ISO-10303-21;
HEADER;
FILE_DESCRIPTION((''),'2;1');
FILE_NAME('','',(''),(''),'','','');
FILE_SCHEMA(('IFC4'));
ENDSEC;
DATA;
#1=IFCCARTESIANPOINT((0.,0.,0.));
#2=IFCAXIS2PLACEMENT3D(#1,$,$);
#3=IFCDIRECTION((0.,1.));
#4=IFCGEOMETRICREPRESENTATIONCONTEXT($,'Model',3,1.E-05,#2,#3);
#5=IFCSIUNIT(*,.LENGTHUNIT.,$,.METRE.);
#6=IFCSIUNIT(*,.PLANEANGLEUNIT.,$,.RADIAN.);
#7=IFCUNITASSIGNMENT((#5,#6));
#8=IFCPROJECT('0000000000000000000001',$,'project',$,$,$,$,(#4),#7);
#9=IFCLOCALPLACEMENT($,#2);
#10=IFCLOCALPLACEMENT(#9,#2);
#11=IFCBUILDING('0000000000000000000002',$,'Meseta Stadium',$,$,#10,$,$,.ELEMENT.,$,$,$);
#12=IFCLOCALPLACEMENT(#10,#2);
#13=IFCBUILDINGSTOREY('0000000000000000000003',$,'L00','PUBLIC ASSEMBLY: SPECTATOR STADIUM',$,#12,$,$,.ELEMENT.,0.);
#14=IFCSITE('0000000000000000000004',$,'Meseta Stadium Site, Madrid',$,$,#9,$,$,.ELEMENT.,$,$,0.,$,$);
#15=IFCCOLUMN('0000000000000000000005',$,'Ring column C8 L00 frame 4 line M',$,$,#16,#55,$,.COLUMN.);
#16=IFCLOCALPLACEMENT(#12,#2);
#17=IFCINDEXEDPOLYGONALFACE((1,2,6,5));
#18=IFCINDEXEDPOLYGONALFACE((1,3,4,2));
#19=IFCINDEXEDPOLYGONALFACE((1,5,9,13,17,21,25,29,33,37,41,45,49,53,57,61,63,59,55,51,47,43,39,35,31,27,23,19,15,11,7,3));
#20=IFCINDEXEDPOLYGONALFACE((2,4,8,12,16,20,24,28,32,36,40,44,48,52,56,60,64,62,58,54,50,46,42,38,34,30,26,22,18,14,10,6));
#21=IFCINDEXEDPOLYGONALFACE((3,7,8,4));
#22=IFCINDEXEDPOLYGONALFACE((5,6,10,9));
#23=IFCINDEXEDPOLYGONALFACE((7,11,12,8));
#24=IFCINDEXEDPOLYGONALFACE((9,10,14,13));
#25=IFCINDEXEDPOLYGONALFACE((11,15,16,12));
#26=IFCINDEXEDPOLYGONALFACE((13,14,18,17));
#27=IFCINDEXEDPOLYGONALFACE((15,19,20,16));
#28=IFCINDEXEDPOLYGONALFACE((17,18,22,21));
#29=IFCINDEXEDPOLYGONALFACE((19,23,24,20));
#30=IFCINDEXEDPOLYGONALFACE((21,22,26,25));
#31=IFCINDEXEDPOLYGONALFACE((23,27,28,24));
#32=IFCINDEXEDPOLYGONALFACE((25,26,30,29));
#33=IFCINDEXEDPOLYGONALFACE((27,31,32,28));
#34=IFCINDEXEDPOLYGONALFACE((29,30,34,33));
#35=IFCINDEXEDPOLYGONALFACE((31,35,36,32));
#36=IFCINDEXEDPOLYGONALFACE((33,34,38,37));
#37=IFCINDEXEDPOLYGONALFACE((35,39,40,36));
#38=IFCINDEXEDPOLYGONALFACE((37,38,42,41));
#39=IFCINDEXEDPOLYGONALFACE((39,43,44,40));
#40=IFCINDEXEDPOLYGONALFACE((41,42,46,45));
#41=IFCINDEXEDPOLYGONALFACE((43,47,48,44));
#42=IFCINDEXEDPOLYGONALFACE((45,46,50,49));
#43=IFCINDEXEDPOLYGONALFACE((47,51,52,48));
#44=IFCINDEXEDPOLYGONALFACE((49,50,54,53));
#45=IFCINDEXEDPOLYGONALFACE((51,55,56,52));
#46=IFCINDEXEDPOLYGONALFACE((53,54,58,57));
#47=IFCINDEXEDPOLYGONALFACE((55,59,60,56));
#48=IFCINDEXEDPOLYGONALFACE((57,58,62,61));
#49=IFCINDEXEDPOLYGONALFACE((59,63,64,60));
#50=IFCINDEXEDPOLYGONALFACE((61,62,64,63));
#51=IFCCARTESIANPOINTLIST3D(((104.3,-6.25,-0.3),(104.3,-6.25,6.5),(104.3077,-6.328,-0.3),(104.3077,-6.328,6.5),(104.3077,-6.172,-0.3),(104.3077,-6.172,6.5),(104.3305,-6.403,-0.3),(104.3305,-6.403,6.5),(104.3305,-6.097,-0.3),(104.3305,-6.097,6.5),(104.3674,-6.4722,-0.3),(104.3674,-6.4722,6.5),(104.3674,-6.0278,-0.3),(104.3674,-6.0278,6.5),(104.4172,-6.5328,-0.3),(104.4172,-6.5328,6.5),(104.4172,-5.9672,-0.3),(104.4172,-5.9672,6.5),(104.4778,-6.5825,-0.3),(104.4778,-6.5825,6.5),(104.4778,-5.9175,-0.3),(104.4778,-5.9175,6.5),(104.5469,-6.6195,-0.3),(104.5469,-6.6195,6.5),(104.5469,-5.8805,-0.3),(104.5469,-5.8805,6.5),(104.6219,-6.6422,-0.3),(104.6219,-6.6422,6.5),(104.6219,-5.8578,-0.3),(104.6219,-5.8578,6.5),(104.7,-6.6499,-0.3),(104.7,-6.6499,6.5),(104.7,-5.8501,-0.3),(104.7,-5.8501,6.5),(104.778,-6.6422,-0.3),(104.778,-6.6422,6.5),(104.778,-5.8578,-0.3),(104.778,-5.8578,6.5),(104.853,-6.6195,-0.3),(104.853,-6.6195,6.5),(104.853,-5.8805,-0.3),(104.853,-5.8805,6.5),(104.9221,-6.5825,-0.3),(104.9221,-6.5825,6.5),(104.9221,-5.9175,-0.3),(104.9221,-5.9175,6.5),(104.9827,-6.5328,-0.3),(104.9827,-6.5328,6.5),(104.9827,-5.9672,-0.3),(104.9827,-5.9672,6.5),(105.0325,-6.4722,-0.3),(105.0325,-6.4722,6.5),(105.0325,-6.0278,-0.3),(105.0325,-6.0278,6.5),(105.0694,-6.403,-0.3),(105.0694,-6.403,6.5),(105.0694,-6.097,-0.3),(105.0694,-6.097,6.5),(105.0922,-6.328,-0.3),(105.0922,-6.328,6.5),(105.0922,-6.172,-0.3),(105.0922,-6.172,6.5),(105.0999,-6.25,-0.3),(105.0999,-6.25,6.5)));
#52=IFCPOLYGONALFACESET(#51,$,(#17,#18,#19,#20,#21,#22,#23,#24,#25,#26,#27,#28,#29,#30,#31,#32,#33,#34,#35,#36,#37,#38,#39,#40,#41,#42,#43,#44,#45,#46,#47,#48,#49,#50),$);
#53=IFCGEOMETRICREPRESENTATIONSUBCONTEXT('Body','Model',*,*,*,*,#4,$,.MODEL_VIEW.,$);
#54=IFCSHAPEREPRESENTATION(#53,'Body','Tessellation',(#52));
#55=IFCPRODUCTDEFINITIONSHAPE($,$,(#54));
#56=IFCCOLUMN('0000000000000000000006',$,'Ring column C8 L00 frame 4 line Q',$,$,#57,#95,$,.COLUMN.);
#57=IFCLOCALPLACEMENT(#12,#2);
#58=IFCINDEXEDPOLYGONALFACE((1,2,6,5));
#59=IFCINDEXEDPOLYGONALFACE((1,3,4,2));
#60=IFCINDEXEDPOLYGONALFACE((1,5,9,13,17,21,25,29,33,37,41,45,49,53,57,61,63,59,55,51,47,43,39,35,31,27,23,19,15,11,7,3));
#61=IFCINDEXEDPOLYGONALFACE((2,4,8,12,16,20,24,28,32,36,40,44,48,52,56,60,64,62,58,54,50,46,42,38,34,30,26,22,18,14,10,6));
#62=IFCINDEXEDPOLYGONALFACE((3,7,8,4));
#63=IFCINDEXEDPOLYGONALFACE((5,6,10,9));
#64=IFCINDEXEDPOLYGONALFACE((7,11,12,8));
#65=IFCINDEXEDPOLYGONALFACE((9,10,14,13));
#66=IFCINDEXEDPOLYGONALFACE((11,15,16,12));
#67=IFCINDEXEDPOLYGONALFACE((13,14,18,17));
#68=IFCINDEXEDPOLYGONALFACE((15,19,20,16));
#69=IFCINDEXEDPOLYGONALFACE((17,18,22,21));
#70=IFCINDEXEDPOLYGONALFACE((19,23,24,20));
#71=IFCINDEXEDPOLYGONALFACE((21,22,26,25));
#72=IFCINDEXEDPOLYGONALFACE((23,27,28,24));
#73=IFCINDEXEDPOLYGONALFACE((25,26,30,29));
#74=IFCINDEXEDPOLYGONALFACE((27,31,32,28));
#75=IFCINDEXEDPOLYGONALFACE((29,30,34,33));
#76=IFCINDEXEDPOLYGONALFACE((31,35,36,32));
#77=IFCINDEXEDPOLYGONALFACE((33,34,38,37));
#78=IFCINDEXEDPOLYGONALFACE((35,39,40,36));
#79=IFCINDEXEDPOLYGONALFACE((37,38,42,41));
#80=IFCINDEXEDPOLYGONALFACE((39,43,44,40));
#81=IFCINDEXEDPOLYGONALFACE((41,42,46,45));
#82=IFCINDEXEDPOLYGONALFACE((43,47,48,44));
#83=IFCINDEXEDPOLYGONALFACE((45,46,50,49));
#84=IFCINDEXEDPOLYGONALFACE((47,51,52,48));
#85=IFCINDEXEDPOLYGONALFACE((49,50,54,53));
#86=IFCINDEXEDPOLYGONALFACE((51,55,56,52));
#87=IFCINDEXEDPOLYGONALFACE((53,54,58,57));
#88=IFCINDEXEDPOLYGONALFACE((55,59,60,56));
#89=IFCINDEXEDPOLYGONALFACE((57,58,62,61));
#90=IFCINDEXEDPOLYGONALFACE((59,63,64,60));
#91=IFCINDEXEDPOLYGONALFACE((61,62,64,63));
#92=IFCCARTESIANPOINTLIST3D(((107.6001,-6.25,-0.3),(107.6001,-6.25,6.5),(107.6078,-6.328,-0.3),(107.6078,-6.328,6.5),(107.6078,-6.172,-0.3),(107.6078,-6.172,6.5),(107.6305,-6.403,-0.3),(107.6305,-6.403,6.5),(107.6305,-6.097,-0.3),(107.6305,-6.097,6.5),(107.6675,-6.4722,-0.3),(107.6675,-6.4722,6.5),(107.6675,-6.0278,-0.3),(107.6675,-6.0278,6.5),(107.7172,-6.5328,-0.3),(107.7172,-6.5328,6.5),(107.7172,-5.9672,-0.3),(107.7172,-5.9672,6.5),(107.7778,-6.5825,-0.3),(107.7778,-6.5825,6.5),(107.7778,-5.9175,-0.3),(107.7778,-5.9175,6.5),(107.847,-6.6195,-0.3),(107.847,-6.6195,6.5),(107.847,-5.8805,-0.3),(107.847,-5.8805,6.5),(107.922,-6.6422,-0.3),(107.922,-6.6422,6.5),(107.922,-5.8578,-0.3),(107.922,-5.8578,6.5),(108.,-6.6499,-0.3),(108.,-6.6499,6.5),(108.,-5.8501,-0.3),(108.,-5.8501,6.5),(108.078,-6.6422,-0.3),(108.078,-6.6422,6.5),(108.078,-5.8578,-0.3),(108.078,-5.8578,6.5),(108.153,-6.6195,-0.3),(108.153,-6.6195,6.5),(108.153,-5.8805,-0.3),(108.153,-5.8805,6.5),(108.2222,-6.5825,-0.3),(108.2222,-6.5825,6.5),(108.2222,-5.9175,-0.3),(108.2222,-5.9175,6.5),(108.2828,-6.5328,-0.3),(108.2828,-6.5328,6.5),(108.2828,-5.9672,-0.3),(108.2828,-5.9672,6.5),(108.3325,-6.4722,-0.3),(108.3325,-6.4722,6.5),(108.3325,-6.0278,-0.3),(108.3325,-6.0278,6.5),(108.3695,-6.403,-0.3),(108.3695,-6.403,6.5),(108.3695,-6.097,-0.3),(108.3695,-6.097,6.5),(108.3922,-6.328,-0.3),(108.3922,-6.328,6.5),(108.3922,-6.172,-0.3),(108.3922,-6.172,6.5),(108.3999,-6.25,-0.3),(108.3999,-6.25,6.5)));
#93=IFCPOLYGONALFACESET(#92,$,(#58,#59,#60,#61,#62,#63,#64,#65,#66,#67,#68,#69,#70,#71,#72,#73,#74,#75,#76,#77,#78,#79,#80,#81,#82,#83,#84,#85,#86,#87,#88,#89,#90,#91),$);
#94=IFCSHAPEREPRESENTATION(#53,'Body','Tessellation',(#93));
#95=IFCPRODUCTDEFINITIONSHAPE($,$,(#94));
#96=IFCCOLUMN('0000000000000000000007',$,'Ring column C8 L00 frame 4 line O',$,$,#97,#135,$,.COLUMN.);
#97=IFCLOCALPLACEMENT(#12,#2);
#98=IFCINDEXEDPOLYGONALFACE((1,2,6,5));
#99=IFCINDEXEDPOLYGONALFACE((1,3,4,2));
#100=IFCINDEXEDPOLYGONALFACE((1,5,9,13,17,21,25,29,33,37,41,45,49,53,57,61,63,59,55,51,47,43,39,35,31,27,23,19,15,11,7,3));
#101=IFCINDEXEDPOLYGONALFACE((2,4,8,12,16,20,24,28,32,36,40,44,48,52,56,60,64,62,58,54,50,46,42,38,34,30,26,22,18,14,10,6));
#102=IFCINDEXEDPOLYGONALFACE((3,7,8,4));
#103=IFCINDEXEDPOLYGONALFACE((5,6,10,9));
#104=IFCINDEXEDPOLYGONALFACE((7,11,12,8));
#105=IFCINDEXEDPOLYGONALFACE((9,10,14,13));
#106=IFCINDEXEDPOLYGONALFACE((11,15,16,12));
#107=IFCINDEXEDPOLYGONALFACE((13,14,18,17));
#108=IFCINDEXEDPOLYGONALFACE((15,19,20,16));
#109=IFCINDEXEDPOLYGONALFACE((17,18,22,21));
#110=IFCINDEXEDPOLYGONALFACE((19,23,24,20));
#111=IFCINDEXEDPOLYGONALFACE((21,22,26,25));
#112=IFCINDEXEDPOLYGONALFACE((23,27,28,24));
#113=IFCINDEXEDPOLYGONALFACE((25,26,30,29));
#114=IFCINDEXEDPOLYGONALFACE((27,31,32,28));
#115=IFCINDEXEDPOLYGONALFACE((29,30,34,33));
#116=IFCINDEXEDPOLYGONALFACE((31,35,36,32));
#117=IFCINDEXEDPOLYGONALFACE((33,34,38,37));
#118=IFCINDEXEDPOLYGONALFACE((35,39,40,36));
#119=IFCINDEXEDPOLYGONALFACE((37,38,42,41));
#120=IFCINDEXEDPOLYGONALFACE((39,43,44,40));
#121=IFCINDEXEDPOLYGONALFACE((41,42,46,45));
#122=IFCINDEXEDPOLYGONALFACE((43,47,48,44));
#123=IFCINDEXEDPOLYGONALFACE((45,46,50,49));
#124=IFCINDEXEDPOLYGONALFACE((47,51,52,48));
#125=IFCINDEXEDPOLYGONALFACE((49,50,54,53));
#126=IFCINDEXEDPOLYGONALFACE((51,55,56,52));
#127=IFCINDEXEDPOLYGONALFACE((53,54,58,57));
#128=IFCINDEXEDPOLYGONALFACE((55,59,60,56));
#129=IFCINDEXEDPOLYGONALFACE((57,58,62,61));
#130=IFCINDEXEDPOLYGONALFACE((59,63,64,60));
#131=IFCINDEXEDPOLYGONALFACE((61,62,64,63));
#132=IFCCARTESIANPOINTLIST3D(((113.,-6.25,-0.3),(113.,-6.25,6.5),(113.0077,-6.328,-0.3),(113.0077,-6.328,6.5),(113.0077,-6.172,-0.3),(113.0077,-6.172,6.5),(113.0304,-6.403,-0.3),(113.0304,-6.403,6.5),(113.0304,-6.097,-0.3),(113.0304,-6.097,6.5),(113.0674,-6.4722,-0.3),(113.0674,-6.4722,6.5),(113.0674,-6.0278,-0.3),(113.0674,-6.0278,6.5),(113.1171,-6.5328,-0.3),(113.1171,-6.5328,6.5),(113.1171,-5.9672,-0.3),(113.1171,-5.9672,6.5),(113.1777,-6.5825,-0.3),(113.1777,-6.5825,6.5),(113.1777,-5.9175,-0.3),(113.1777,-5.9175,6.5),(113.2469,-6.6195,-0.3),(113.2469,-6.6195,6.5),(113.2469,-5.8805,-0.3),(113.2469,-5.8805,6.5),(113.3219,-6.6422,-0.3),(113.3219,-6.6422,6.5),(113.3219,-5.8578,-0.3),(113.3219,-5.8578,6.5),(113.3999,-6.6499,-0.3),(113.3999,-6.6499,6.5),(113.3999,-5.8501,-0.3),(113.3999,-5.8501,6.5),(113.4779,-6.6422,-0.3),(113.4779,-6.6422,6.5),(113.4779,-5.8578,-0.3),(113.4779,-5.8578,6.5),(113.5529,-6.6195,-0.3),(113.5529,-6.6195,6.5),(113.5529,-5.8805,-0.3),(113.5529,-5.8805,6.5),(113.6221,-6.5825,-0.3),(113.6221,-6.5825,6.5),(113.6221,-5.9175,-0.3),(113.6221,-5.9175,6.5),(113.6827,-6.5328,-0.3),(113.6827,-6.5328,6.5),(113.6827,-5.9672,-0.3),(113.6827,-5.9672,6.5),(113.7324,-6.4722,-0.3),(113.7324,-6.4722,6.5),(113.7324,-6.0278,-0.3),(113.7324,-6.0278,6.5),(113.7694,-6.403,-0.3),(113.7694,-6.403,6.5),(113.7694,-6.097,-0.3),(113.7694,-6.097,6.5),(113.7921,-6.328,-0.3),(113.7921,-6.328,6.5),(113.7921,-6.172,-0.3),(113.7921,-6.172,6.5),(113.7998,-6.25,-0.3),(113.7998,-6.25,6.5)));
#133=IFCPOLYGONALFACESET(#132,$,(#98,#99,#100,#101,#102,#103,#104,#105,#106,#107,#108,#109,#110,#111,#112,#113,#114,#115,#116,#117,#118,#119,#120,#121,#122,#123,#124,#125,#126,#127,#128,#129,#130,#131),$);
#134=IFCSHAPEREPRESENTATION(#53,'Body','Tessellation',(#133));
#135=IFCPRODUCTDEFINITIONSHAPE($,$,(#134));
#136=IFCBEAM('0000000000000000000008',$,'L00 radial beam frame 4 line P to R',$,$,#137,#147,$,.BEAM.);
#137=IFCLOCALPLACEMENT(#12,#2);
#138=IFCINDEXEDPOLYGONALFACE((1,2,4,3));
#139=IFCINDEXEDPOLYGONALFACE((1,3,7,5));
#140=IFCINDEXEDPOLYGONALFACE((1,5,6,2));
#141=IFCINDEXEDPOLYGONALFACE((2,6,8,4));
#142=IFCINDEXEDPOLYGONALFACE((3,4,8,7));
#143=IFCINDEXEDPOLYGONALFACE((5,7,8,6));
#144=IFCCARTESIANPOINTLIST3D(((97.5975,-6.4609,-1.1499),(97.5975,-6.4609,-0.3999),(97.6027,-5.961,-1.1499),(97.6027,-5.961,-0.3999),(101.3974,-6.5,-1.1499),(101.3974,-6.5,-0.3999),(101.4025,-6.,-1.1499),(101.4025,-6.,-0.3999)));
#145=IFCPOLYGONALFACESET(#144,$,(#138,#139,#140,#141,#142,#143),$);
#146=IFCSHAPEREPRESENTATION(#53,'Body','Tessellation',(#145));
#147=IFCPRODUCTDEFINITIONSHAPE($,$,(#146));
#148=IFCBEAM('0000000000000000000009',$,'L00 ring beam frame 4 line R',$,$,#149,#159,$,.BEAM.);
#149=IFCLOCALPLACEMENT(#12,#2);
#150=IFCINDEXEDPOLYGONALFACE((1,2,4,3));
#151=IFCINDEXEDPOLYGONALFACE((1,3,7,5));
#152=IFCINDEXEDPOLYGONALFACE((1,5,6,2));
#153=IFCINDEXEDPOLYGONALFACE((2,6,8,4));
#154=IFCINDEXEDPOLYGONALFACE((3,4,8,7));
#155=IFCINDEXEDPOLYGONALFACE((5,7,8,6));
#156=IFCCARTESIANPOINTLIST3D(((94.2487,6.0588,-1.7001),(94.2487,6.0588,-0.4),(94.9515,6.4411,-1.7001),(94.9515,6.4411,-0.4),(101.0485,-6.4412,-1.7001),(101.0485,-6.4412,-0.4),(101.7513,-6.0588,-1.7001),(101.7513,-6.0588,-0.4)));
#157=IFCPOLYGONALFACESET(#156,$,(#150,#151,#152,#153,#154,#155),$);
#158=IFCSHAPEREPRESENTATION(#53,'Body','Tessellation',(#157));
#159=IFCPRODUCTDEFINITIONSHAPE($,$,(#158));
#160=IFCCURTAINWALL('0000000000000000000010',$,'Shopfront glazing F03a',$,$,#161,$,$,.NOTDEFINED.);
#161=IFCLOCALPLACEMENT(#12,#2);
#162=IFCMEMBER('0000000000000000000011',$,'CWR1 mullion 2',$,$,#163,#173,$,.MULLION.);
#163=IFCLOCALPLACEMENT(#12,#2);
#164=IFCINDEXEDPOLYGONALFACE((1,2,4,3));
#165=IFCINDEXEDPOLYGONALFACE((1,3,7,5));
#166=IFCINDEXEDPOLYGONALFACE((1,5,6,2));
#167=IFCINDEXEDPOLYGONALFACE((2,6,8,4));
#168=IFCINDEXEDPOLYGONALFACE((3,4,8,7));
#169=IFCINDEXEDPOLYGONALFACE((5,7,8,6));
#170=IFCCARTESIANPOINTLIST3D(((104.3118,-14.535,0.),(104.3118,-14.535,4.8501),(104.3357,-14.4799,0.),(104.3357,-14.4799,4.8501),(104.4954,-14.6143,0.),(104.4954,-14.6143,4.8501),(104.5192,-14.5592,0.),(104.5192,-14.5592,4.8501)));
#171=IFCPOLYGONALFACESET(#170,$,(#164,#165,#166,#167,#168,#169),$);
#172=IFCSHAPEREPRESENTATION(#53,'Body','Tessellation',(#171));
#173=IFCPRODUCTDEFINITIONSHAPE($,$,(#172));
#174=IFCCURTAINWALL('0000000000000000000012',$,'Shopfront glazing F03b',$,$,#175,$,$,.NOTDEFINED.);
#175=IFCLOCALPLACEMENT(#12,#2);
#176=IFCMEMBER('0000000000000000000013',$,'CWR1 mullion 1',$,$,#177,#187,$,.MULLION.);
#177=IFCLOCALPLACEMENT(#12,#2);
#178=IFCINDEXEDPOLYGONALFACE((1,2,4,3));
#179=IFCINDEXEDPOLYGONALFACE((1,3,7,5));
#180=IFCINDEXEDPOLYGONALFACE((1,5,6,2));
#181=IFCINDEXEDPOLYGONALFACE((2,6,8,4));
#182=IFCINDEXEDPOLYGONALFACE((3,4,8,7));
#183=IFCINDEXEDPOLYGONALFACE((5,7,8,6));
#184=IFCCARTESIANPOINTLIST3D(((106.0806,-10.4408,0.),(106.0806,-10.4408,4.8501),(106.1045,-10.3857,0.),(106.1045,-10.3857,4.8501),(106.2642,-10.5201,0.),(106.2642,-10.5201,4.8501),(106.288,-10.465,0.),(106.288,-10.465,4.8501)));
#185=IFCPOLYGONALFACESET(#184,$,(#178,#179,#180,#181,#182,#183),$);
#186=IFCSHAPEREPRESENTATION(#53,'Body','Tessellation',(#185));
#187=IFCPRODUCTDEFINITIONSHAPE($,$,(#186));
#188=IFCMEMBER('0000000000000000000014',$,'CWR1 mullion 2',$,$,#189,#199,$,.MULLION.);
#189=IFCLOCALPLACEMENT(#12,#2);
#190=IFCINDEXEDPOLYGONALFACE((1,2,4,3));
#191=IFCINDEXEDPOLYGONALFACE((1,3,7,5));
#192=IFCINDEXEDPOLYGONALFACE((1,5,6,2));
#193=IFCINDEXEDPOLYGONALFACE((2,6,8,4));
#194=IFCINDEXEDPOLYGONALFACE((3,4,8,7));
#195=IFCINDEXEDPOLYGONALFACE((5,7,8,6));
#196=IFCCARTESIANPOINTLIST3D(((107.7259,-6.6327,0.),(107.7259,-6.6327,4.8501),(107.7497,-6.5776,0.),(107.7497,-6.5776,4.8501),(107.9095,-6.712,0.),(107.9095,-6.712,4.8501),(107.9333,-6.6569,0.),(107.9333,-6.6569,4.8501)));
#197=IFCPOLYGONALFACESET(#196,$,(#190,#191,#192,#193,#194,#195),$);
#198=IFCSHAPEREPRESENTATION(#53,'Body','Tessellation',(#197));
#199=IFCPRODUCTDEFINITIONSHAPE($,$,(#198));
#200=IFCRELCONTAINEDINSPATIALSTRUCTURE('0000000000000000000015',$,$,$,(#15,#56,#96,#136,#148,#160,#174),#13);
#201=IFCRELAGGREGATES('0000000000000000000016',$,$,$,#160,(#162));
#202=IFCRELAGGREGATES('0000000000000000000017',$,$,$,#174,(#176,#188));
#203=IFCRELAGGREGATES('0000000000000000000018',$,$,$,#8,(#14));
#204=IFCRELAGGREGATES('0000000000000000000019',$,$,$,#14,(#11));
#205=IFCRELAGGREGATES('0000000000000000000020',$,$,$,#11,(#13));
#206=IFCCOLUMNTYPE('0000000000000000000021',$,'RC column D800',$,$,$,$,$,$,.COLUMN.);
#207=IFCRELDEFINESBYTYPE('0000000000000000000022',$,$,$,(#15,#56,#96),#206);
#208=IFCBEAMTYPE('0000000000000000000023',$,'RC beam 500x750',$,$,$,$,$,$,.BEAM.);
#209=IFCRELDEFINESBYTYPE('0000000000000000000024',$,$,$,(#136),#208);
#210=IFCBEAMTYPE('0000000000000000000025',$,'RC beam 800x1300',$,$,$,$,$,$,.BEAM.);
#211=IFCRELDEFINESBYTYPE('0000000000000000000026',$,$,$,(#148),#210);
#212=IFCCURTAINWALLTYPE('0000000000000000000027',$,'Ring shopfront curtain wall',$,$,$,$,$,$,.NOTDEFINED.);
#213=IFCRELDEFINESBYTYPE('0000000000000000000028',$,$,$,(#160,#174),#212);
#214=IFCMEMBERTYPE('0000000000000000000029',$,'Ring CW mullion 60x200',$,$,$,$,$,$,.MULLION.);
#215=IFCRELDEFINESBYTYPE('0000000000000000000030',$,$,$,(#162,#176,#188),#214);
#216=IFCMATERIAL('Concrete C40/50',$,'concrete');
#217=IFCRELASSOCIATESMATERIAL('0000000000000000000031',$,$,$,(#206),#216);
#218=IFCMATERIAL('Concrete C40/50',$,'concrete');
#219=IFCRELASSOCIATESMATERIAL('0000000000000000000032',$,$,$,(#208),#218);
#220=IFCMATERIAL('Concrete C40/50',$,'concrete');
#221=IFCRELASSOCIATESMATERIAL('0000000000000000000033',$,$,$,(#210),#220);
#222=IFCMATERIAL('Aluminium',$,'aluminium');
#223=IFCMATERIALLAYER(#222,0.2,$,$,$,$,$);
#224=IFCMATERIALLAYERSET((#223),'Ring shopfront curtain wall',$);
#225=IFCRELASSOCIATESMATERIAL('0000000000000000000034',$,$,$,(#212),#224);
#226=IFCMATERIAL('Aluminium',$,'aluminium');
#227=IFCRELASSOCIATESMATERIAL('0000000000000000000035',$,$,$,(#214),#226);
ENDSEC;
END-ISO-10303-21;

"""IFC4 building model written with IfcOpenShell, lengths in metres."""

from ifc_helpers import new_model, si_unit, direction, frame, origin, origin_2d, place, context, subcontext, project, spatial, rectangle, circle, extrude, material, layer, layer_set, material_profile, profile_set, type_object, element, aggregate, save


model = new_model("IFC4")

# Units and contexts
model_context = context("Model", 3, precision=1e-05, world=origin(), true_north=direction((0.0, 1.0)))
body_context = subcontext(model_context, "Body", "Model", "MODEL_VIEW")
ifc_project = project(units=[si_unit("LENGTHUNIT", "METRE"), si_unit("PLANEANGLEUNIT", "RADIAN")], contexts=[model_context])

# Site, building, storey
site_placement = place(None, origin())
site = spatial("IfcSite", under=ifc_project, at=site_placement, Name="Meseta Stadium Site, Madrid", CompositionType="ELEMENT", RefElevation=0.0)
building_placement = place(site_placement, origin())
building = spatial("IfcBuilding", under=site, at=building_placement, Name="Meseta Stadium", CompositionType="ELEMENT")
storey_placement = place(building_placement, origin())
storey = spatial("IfcBuildingStorey", under=building, at=storey_placement, Name="L00", Description="PUBLIC ASSEMBLY: SPECTATOR STADIUM", CompositionType="ELEMENT", Elevation=0.0)

# Columns
ifc_material_1 = material(Name="Concrete C40/50", Category="concrete")
ifc_material_profile_1 = material_profile(ifc_material_1, circle(Radius=0.3999, at=origin_2d()), Name="RC D800")
ifc_profile_set_1 = profile_set([ifc_material_profile_1], Name="Concrete C40/50")
column_type_1 = type_object("IfcColumnType", Name="RC column D800", PredefinedType="COLUMN", material=ifc_profile_set_1)
for number, where, z_axis, x_axis, name in (
    (1, (104.7, -6.25, -0.3), (0.0, 0.0, 1.0), (1.0, 0.0, 0.0), "Ring column C8 L00 frame 4 line M"),
    (2, (108.0, -6.25, -0.3), (0.0, 0.0, 1.0), (1.0, 0.0, 0.0), "Ring column C8 L00 frame 4 line Q"),
    (3, (113.3999, -6.25, -0.3), (0.0, 0.0, 1.0), (1.0, 0.0, 0.0), "Ring column C8 L00 frame 4 line O"),
):
    element("IfcColumn", number, at=place(storey_placement, frame(where, z_axis=z_axis, x_axis=x_axis)), inside=storey, type_object=column_type_1, Name=name, PredefinedType="COLUMN", context=body_context, shape_type="SweptSolid", body=[
        extrude(circle(Radius=0.3999, at=origin_2d()), origin(), (0.0, 0.0, 1.0), 6.8),
    ])

# Beams
ifc_material_2 = material(Name="Concrete C40/50", Category="concrete")
ifc_material_profile_2 = material_profile(ifc_material_2, rectangle(XDim=0.5, YDim=0.75, at=origin_2d()), Name="RC 500x750")
ifc_profile_set_2 = profile_set([ifc_material_profile_2], Name="Concrete C40/50")
beam_type_1 = type_object("IfcBeamType", Name="RC beam 500x750", PredefinedType="BEAM", material=ifc_profile_set_2)
beam_1_placement = place(storey_placement, frame((97.6001, -6.2109, -0.7749), z_axis=(0.999947, -0.01028, 0.0), x_axis=(0.01028, 0.999947, 0.0)))
element("IfcBeam", 4, at=beam_1_placement, inside=storey, type_object=beam_type_1, Name="L00 radial beam frame 4 line P to R", PredefinedType="BEAM", context=body_context, shape_type="SweptSolid", body=[
    extrude(rectangle(XDim=0.5, YDim=0.75, at=origin_2d()), origin(), (0.0, 0.0, 1.0), 3.8),
])
ifc_material_3 = material(Name="Concrete C40/50", Category="concrete")
ifc_material_profile_3 = material_profile(ifc_material_3, rectangle(XDim=0.8, YDim=1.3, at=origin_2d()), Name="RC 800x1300")
ifc_profile_set_3 = profile_set([ifc_material_profile_3], Name="Concrete C40/50")
beam_type_2 = type_object("IfcBeamType", Name="RC beam 800x1300", PredefinedType="BEAM", material=ifc_profile_set_3)
beam_2_placement = place(storey_placement, frame((101.3999, -6.25, -1.05), z_axis=(-0.477856, 0.878438, 0.0), x_axis=(-0.878438, -0.477856, 0.0)))
element("IfcBeam", 5, at=beam_2_placement, inside=storey, type_object=beam_type_2, Name="L00 ring beam frame 4 line R", PredefinedType="BEAM", context=body_context, shape_type="SweptSolid", body=[
    extrude(rectangle(XDim=0.8, YDim=1.3, at=origin_2d()), origin(), (0.0, 0.0, 1.0), 14.2297),
])

# Curtain wall, member
ifc_material_4 = material(Name="Aluminium", Category="aluminium")
ifc_layer_1 = layer(ifc_material_4, 0.2)
ifc_layer_set_1 = layer_set([ifc_layer_1], Name="Ring shopfront curtain wall")
curtain_wall_type = type_object("IfcCurtainWallType", Name="Ring shopfront curtain wall", PredefinedType="NOTDEFINED", material=ifc_layer_set_1)
curtain_wall_1_placement = place(storey_placement, origin())
curtain_wall_1 = element("IfcCurtainWall", 6, at=curtain_wall_1_placement, inside=storey, type_object=curtain_wall_type, Name="Shopfront glazing F03a", PredefinedType="NOTDEFINED")
ifc_material_5 = material(Name="Aluminium", Category="aluminium")
ifc_material_profile_4 = material_profile(ifc_material_5, rectangle(XDim=0.2, YDim=0.0601, at=origin_2d()), Name="CW 200x60")
ifc_profile_set_4 = profile_set([ifc_material_profile_4], Name="Aluminium")
member_type_1 = type_object("IfcMemberType", Name="Ring CW mullion 60x200", PredefinedType="MULLION", material=ifc_profile_set_4)
member_1_placement = place(storey_placement, frame((104.4155, -14.5471, 0.0), z_axis=(0.0, 0.0, 1.0), x_axis=(-0.918002, 0.396576, 0.0)))
member_1 = element("IfcMember", 7, at=member_1_placement, type_object=member_type_1, Name="CWR1 mullion 2", PredefinedType="MULLION", context=body_context, shape_type="SweptSolid", body=[
    extrude(rectangle(XDim=0.2, YDim=0.0601, at=origin_2d()), origin(), (0.0, 0.0, 1.0), 4.8501),
])

# Curtain wall, members
curtain_wall_2_placement = place(storey_placement, origin())
curtain_wall_2 = element("IfcCurtainWall", 8, at=curtain_wall_2_placement, inside=storey, type_object=curtain_wall_type, Name="Shopfront glazing F03b", PredefinedType="NOTDEFINED")
member_2_placement = place(storey_placement, frame((106.1843, -10.4529, 0.0), z_axis=(0.0, 0.0, 1.0), x_axis=(-0.918002, 0.396576, 0.0)))
member_2 = element("IfcMember", 9, at=member_2_placement, type_object=member_type_1, Name="CWR1 mullion 1", PredefinedType="MULLION", context=body_context, shape_type="SweptSolid", body=[
    extrude(rectangle(XDim=0.2, YDim=0.0601, at=origin_2d()), origin(), (0.0, 0.0, 1.0), 4.8501),
])
member_3_placement = place(storey_placement, frame((107.8296, -6.6448, 0.0), z_axis=(0.0, 0.0, 1.0), x_axis=(-0.918002, 0.396576, 0.0)))
member_3 = element("IfcMember", 10, at=member_3_placement, type_object=member_type_1, Name="CWR1 mullion 2", PredefinedType="MULLION", context=body_context, shape_type="SweptSolid", body=[
    extrude(rectangle(XDim=0.2, YDim=0.0601, at=origin_2d()), origin(), (0.0, 0.0, 1.0), 4.8501),
])

aggregate(curtain_wall_1, [member_1])
aggregate(curtain_wall_2, [member_2, member_3])

save(model, "model.ifc")
